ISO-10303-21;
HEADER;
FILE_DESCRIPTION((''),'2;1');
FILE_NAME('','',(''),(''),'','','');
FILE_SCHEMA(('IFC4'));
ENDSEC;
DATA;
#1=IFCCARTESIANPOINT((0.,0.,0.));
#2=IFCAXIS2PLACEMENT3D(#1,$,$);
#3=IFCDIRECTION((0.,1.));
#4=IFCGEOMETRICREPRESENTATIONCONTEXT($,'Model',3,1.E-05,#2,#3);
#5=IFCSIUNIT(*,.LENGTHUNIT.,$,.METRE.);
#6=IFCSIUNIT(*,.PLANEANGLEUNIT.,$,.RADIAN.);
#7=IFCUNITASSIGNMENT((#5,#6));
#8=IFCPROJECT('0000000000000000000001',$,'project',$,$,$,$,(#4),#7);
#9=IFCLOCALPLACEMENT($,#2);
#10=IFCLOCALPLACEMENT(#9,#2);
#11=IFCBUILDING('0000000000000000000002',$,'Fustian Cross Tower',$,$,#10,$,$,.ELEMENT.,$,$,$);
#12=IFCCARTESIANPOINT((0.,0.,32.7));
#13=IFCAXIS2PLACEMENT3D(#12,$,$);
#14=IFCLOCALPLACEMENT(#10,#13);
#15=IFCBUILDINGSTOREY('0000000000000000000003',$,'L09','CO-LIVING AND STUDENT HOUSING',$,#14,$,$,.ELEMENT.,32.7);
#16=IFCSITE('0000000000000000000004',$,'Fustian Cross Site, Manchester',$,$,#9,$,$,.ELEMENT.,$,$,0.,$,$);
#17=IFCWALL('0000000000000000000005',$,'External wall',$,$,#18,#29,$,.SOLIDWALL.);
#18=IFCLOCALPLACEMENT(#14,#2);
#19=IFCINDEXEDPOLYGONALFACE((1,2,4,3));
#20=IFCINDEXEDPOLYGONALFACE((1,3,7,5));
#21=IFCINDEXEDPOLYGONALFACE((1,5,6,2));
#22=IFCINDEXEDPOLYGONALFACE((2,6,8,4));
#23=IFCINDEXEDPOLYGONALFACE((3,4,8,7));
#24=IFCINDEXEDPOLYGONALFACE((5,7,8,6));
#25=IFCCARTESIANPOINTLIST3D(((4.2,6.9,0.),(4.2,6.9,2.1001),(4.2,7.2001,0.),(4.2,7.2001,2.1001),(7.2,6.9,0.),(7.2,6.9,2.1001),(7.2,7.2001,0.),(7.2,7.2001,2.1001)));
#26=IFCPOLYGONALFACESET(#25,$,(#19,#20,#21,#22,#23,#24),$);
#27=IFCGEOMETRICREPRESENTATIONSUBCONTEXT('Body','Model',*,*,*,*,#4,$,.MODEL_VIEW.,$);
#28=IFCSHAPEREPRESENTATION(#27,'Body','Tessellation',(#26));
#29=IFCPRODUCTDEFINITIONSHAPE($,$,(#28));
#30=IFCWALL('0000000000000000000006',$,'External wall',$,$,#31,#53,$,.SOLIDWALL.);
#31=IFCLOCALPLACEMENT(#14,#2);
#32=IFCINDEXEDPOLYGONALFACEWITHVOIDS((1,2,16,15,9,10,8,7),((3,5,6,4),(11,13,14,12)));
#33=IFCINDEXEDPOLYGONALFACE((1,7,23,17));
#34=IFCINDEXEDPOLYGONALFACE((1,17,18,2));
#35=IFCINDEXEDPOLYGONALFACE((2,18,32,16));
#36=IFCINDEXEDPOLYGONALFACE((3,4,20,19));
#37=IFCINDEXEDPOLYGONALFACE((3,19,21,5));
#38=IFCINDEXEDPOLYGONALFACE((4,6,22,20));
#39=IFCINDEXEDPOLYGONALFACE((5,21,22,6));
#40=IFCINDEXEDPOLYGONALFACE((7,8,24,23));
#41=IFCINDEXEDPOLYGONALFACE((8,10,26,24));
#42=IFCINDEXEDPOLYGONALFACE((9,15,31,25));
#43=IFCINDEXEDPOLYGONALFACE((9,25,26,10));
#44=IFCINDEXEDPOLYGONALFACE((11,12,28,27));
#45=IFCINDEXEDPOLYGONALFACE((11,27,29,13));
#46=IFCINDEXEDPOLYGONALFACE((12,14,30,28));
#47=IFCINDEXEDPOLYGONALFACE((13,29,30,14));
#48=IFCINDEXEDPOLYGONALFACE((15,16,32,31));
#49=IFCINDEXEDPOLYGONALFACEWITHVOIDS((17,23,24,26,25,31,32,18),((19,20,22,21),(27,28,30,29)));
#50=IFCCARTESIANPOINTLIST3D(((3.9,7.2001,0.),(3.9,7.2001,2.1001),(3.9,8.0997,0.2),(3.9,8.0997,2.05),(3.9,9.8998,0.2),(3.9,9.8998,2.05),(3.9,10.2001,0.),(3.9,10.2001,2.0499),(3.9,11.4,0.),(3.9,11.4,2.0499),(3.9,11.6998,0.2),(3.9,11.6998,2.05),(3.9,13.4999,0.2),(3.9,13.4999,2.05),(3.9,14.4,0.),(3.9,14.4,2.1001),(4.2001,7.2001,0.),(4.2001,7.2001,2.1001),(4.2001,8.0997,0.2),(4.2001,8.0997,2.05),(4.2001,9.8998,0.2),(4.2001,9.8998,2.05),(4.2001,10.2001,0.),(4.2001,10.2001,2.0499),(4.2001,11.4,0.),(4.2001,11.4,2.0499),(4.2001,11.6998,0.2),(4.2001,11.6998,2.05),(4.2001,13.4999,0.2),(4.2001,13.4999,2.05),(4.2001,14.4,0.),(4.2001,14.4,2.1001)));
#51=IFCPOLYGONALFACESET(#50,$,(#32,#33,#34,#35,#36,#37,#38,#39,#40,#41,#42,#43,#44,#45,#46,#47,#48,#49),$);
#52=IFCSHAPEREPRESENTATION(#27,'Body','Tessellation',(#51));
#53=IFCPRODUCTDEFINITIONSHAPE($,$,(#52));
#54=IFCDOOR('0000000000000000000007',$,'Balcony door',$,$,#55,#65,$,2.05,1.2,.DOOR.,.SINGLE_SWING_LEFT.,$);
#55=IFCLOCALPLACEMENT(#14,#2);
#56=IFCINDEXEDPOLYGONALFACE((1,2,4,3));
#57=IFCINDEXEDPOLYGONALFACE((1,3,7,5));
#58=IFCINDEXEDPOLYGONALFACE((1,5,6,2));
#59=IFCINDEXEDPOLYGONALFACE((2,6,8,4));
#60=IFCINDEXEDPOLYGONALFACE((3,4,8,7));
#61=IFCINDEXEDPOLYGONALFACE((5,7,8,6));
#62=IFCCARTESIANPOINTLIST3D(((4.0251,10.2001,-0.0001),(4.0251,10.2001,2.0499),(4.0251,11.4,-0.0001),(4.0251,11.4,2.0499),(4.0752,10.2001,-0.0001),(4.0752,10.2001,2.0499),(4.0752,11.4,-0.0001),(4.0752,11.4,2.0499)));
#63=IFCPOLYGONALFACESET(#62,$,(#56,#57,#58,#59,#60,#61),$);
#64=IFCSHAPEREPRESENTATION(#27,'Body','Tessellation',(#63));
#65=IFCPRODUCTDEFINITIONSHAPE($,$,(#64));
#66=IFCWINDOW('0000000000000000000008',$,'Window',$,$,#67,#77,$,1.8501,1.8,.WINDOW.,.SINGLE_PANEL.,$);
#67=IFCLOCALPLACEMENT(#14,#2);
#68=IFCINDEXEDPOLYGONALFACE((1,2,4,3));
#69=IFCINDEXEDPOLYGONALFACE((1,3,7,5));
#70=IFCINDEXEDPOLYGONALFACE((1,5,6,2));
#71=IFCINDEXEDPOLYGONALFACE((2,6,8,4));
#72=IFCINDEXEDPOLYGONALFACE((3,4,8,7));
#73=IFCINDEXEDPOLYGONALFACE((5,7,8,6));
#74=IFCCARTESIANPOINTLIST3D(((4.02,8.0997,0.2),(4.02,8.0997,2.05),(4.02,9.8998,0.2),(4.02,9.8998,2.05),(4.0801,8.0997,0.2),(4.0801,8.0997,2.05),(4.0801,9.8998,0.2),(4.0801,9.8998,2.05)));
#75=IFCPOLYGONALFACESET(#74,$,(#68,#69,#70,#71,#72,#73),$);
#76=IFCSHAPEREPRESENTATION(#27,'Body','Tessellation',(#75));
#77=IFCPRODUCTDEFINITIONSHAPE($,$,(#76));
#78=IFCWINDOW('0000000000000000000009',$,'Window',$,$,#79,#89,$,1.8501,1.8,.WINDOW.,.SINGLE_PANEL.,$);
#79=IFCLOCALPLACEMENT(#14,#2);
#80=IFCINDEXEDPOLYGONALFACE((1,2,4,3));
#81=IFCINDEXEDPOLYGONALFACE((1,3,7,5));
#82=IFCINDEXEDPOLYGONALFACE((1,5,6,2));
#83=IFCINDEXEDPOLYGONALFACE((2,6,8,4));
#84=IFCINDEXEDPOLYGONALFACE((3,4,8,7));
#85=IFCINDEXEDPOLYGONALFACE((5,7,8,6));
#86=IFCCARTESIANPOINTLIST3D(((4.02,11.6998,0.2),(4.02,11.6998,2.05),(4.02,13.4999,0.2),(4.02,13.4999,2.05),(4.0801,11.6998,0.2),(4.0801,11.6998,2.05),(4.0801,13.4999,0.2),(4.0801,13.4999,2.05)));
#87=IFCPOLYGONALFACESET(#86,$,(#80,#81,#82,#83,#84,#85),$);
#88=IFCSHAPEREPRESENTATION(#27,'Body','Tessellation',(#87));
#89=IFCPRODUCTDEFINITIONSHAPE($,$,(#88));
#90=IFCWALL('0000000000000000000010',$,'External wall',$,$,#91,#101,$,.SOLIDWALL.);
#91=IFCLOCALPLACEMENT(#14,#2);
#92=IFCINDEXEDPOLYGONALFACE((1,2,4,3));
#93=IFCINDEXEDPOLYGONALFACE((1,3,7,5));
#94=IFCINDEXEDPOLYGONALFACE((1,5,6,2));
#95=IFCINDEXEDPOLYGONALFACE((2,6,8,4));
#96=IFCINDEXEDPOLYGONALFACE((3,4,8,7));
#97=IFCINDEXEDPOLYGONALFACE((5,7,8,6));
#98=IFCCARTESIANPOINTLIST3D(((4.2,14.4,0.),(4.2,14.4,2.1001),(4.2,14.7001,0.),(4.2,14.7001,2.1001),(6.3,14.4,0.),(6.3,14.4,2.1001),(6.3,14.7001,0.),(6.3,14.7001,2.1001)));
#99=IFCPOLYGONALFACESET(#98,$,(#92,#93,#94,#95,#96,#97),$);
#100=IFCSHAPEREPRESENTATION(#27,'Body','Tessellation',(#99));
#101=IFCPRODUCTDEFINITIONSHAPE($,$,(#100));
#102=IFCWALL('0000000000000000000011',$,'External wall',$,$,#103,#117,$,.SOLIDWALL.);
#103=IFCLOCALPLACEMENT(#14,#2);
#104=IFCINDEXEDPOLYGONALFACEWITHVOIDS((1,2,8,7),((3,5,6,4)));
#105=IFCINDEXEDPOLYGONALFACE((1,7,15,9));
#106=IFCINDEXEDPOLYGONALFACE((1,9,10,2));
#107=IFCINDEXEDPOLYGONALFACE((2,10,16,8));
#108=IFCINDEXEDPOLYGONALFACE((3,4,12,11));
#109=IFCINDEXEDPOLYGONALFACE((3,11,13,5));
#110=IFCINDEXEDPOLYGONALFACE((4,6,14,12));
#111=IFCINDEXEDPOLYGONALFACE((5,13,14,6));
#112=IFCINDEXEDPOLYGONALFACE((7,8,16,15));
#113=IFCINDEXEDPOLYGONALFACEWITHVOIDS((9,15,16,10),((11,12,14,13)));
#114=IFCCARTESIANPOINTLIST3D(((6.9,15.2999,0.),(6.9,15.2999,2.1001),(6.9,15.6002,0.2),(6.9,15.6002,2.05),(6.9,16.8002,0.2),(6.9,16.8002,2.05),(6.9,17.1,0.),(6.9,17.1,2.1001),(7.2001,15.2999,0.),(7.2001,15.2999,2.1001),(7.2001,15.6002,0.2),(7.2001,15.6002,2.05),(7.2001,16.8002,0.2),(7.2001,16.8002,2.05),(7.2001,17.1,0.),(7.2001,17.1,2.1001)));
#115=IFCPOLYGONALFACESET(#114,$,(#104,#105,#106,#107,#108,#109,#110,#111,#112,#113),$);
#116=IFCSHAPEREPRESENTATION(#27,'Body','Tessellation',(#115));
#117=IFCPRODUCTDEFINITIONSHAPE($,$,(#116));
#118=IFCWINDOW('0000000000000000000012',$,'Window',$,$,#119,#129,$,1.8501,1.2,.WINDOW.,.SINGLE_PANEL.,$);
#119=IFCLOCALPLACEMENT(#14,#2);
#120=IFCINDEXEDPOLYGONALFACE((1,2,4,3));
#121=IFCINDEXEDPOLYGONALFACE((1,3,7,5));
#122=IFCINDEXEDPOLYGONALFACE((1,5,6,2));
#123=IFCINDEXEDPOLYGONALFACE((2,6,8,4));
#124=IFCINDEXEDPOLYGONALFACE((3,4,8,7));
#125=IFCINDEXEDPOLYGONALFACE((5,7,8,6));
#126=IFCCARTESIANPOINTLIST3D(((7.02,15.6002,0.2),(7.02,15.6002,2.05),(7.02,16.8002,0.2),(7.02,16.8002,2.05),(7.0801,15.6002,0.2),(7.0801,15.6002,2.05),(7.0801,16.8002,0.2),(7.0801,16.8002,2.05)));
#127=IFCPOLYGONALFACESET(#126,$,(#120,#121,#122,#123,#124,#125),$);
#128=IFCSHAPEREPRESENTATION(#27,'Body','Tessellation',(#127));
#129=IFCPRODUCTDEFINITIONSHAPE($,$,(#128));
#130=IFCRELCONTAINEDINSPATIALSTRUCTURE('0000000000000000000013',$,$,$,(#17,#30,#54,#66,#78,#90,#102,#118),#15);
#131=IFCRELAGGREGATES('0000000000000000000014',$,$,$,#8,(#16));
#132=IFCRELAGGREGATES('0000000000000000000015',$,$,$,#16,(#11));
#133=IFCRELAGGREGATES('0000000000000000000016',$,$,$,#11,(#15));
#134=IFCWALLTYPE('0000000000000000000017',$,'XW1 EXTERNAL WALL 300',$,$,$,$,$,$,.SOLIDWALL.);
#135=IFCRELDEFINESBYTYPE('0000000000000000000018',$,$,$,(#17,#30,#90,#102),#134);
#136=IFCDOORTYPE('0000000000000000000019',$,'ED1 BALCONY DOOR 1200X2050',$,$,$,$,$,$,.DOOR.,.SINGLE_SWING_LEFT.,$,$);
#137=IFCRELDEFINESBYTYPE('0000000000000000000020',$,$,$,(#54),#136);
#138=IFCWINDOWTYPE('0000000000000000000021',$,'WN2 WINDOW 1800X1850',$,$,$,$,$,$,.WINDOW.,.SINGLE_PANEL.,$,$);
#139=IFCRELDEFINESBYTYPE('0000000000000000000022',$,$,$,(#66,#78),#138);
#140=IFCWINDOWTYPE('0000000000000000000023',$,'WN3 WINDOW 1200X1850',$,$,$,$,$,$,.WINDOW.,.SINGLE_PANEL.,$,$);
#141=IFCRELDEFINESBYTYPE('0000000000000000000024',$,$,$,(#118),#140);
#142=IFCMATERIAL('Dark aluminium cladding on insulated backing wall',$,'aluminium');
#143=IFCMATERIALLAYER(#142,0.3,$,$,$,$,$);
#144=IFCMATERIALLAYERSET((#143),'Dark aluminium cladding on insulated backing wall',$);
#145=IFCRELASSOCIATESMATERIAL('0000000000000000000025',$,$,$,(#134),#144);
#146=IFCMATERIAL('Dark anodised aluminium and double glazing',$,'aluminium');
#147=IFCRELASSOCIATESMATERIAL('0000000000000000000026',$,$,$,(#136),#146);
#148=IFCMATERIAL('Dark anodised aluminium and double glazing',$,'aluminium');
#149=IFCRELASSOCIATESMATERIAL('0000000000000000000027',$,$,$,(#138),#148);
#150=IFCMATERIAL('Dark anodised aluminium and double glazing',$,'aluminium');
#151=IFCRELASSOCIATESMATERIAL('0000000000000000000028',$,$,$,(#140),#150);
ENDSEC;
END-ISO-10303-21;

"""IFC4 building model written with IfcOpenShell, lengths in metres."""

from ifc_helpers import new_model, si_unit, direction, frame, frame_2d, origin, place, context, subcontext, project, spatial, rectangle, extrude, material, layer, layer_set, type_object, element, fill, save


model = new_model("IFC4")

# Units and contexts
model_context = context("Model", 3, precision=1e-05, world=origin(), true_north=direction((0.0, 1.0)))
body_context = subcontext(model_context, "Body", "Model", "MODEL_VIEW")
ifc_project = project(units=[si_unit("LENGTHUNIT", "METRE"), si_unit("PLANEANGLEUNIT", "RADIAN")], contexts=[model_context])

# Site, building, storey
site_placement = place(None, origin())
site = spatial("IfcSite", under=ifc_project, at=site_placement, Name="Fustian Cross Site, Manchester", CompositionType="ELEMENT", RefElevation=0.0)
building_placement = place(site_placement, origin())
building = spatial("IfcBuilding", under=site, at=building_placement, Name="Fustian Cross Tower", CompositionType="ELEMENT")
storey_placement = place(building_placement, frame((0.0, 0.0, 32.7)))
storey = spatial("IfcBuildingStorey", under=building, at=storey_placement, Name="L09", Description="CO-LIVING AND STUDENT HOUSING", CompositionType="ELEMENT", Elevation=32.7)

# Wall
ifc_material_1 = material(Name="Dark aluminium cladding on insulated backing wall", Category="aluminium")
ifc_layer_1 = layer(ifc_material_1, 0.3)
ifc_layer_set_1 = layer_set([ifc_layer_1], Name="Dark aluminium cladding on insulated backing wall")
wall_type_1 = type_object("IfcWallType", Name="XW1 EXTERNAL WALL 300", PredefinedType="SOLIDWALL", material=ifc_layer_set_1)
wall_1_placement = place(storey_placement, frame((7.2, 7.05, 0.0), z_axis=(0.0, 0.0, 1.0), x_axis=(-1.0, 0.0, 0.0)))
element("IfcWall", 1, at=wall_1_placement, inside=storey, type_object=wall_type_1, Name="External wall", PredefinedType="SOLIDWALL", context=body_context, shape_type="SweptSolid", body=[
    extrude(rectangle(XDim=3.0, YDim=0.3, at=frame_2d((1.5, 0.0))), origin(), (0.0, 0.0, 1.0), 2.1001),
])

# Wall, openings, door, windows
wall_2_placement = place(storey_placement, frame((4.05, 7.2, 0.0), z_axis=(0.0, 0.0, 1.0), x_axis=(0.0, 1.0, 0.0)))
wall_2 = element("IfcWall", 2, at=wall_2_placement, inside=storey, type_object=wall_type_1, Name="External wall", PredefinedType="SOLIDWALL", context=body_context, shape_type="SweptSolid", body=[
    extrude(rectangle(XDim=7.2, YDim=0.3, at=frame_2d((3.6001, 0.0))), origin(), (0.0, 0.0, 1.0), 2.1001),
])
opening_1_placement = place(wall_2_placement, frame((3.0, 0.0, 0.0)))
opening_1 = element("IfcOpeningElement", 3, at=opening_1_placement, cuts=wall_2, PredefinedType="OPENING", context=body_context, shape_type="SweptSolid", body=[
    extrude(rectangle(XDim=1.2, YDim=2.05, at=frame_2d((0.6001, 1.0249))), frame((0.0, 0.1599, 0.0), z_axis=(0.0, -1.0, 0.0), x_axis=(1.0, 0.0, 0.0)), (0.0, 0.0, 1.0), 0.3201),
])
opening_2_placement = place(wall_2_placement, frame((0.8999, 0.0, 0.2)))
opening_2 = element("IfcOpeningElement", 4, at=opening_2_placement, cuts=wall_2, PredefinedType="OPENING", context=body_context, shape_type="SweptSolid", body=[
    extrude(rectangle(XDim=1.8, YDim=1.8501, at=frame_2d((0.8999, 0.925))), frame((0.0, 0.1599, 0.0), z_axis=(0.0, -1.0, 0.0), x_axis=(1.0, 0.0, 0.0)), (0.0, 0.0, 1.0), 0.3201),
])
opening_3_placement = place(wall_2_placement, frame((4.5, 0.0, 0.2)))
opening_3 = element("IfcOpeningElement", 5, at=opening_3_placement, cuts=wall_2, PredefinedType="OPENING", context=body_context, shape_type="SweptSolid", body=[
    extrude(rectangle(XDim=1.8, YDim=1.8501, at=frame_2d((0.8999, 0.925))), frame((0.0, 0.1599, 0.0), z_axis=(0.0, -1.0, 0.0), x_axis=(1.0, 0.0, 0.0)), (0.0, 0.0, 1.0), 0.3201),
])
ifc_material_2 = material(Name="Dark anodised aluminium and double glazing", Category="aluminium")
door_type = type_object("IfcDoorType", Name="ED1 BALCONY DOOR 1200X2050", OperationType="SINGLE_SWING_LEFT", PredefinedType="DOOR", material=ifc_material_2)
door_placement = place(opening_1_placement, origin())
door = element("IfcDoor", 6, at=door_placement, inside=storey, type_object=door_type, Name="Balcony door", OperationType="SINGLE_SWING_LEFT", OverallHeight=2.05, OverallWidth=1.2, PredefinedType="DOOR", context=body_context, shape_type="SweptSolid", body=[
    extrude(rectangle(XDim=1.2, YDim=2.05, at=frame_2d((0.6001, 1.0249))), frame((0.0, 0.0249, 0.0), z_axis=(0.0, -1.0, 0.0), x_axis=(1.0, 0.0, 0.0)), (0.0, 0.0, 1.0), 0.05),
])
fill(opening_1, door)
ifc_material_3 = material(Name="Dark anodised aluminium and double glazing", Category="aluminium")
window_type_1 = type_object("IfcWindowType", Name="WN2 WINDOW 1800X1850", PartitioningType="SINGLE_PANEL", PredefinedType="WINDOW", material=ifc_material_3)
window_1_placement = place(opening_2_placement, origin())
window_1 = element("IfcWindow", 7, at=window_1_placement, inside=storey, type_object=window_type_1, Name="Window", OverallHeight=1.8501, OverallWidth=1.8, PartitioningType="SINGLE_PANEL", PredefinedType="WINDOW", context=body_context, shape_type="SweptSolid", body=[
    extrude(rectangle(XDim=1.8, YDim=1.8501, at=frame_2d((0.8999, 0.925))), frame((0.0, 0.03, 0.0), z_axis=(0.0, -1.0, 0.0), x_axis=(1.0, 0.0, 0.0)), (0.0, 0.0, 1.0), 0.0601),
])
fill(opening_2, window_1)
window_2_placement = place(opening_3_placement, origin())
window_2 = element("IfcWindow", 8, at=window_2_placement, inside=storey, type_object=window_type_1, Name="Window", OverallHeight=1.8501, OverallWidth=1.8, PartitioningType="SINGLE_PANEL", PredefinedType="WINDOW", context=body_context, shape_type="SweptSolid", body=[
    extrude(rectangle(XDim=1.8, YDim=1.8501, at=frame_2d((0.8999, 0.925))), frame((0.0, 0.03, 0.0), z_axis=(0.0, -1.0, 0.0), x_axis=(1.0, 0.0, 0.0)), (0.0, 0.0, 1.0), 0.0601),
])
fill(opening_3, window_2)

# Wall
wall_3_placement = place(storey_placement, frame((4.2, 14.55, 0.0), z_axis=(0.0, 0.0, 1.0), x_axis=(1.0, 0.0, 0.0)))
element("IfcWall", 9, at=wall_3_placement, inside=storey, type_object=wall_type_1, Name="External wall", PredefinedType="SOLIDWALL", context=body_context, shape_type="SweptSolid", body=[
    extrude(rectangle(XDim=2.1001, YDim=0.3, at=frame_2d((1.05, 0.0))), origin(), (0.0, 0.0, 1.0), 2.1001),
])

# Wall, opening, window
wall_4_placement = place(storey_placement, frame((7.05, 15.3, 0.0), z_axis=(0.0, 0.0, 1.0), x_axis=(0.0, 1.0, 0.0)))
wall_4 = element("IfcWall", 10, at=wall_4_placement, inside=storey, type_object=wall_type_1, Name="External wall", PredefinedType="SOLIDWALL", context=body_context, shape_type="SweptSolid", body=[
    extrude(rectangle(XDim=1.8, YDim=0.3, at=frame_2d((0.8999, 0.0))), origin(), (0.0, 0.0, 1.0), 2.1001),
])
opening_4_placement = place(wall_4_placement, frame((0.3, 0.0, 0.2)))
opening_4 = element("IfcOpeningElement", 11, at=opening_4_placement, cuts=wall_4, PredefinedType="OPENING", context=body_context, shape_type="SweptSolid", body=[
    extrude(rectangle(XDim=1.2, YDim=1.8501, at=frame_2d((0.6001, 0.925))), frame((0.0, 0.1599, 0.0), z_axis=(0.0, -1.0, 0.0), x_axis=(1.0, 0.0, 0.0)), (0.0, 0.0, 1.0), 0.3201),
])
ifc_material_4 = material(Name="Dark anodised aluminium and double glazing", Category="aluminium")
window_type_2 = type_object("IfcWindowType", Name="WN3 WINDOW 1200X1850", PartitioningType="SINGLE_PANEL", PredefinedType="WINDOW", material=ifc_material_4)
window_3_placement = place(opening_4_placement, origin())
window_3 = element("IfcWindow", 12, at=window_3_placement, inside=storey, type_object=window_type_2, Name="Window", OverallHeight=1.8501, OverallWidth=1.2, PartitioningType="SINGLE_PANEL", PredefinedType="WINDOW", context=body_context, shape_type="SweptSolid", body=[
    extrude(rectangle(XDim=1.2, YDim=1.8501, at=frame_2d((0.6001, 0.925))), frame((0.0, 0.03, 0.0), z_axis=(0.0, -1.0, 0.0), x_axis=(1.0, 0.0, 0.0)), (0.0, 0.0, 1.0), 0.0601),
])
fill(opening_4, window_3)

save(model, "model.ifc")
